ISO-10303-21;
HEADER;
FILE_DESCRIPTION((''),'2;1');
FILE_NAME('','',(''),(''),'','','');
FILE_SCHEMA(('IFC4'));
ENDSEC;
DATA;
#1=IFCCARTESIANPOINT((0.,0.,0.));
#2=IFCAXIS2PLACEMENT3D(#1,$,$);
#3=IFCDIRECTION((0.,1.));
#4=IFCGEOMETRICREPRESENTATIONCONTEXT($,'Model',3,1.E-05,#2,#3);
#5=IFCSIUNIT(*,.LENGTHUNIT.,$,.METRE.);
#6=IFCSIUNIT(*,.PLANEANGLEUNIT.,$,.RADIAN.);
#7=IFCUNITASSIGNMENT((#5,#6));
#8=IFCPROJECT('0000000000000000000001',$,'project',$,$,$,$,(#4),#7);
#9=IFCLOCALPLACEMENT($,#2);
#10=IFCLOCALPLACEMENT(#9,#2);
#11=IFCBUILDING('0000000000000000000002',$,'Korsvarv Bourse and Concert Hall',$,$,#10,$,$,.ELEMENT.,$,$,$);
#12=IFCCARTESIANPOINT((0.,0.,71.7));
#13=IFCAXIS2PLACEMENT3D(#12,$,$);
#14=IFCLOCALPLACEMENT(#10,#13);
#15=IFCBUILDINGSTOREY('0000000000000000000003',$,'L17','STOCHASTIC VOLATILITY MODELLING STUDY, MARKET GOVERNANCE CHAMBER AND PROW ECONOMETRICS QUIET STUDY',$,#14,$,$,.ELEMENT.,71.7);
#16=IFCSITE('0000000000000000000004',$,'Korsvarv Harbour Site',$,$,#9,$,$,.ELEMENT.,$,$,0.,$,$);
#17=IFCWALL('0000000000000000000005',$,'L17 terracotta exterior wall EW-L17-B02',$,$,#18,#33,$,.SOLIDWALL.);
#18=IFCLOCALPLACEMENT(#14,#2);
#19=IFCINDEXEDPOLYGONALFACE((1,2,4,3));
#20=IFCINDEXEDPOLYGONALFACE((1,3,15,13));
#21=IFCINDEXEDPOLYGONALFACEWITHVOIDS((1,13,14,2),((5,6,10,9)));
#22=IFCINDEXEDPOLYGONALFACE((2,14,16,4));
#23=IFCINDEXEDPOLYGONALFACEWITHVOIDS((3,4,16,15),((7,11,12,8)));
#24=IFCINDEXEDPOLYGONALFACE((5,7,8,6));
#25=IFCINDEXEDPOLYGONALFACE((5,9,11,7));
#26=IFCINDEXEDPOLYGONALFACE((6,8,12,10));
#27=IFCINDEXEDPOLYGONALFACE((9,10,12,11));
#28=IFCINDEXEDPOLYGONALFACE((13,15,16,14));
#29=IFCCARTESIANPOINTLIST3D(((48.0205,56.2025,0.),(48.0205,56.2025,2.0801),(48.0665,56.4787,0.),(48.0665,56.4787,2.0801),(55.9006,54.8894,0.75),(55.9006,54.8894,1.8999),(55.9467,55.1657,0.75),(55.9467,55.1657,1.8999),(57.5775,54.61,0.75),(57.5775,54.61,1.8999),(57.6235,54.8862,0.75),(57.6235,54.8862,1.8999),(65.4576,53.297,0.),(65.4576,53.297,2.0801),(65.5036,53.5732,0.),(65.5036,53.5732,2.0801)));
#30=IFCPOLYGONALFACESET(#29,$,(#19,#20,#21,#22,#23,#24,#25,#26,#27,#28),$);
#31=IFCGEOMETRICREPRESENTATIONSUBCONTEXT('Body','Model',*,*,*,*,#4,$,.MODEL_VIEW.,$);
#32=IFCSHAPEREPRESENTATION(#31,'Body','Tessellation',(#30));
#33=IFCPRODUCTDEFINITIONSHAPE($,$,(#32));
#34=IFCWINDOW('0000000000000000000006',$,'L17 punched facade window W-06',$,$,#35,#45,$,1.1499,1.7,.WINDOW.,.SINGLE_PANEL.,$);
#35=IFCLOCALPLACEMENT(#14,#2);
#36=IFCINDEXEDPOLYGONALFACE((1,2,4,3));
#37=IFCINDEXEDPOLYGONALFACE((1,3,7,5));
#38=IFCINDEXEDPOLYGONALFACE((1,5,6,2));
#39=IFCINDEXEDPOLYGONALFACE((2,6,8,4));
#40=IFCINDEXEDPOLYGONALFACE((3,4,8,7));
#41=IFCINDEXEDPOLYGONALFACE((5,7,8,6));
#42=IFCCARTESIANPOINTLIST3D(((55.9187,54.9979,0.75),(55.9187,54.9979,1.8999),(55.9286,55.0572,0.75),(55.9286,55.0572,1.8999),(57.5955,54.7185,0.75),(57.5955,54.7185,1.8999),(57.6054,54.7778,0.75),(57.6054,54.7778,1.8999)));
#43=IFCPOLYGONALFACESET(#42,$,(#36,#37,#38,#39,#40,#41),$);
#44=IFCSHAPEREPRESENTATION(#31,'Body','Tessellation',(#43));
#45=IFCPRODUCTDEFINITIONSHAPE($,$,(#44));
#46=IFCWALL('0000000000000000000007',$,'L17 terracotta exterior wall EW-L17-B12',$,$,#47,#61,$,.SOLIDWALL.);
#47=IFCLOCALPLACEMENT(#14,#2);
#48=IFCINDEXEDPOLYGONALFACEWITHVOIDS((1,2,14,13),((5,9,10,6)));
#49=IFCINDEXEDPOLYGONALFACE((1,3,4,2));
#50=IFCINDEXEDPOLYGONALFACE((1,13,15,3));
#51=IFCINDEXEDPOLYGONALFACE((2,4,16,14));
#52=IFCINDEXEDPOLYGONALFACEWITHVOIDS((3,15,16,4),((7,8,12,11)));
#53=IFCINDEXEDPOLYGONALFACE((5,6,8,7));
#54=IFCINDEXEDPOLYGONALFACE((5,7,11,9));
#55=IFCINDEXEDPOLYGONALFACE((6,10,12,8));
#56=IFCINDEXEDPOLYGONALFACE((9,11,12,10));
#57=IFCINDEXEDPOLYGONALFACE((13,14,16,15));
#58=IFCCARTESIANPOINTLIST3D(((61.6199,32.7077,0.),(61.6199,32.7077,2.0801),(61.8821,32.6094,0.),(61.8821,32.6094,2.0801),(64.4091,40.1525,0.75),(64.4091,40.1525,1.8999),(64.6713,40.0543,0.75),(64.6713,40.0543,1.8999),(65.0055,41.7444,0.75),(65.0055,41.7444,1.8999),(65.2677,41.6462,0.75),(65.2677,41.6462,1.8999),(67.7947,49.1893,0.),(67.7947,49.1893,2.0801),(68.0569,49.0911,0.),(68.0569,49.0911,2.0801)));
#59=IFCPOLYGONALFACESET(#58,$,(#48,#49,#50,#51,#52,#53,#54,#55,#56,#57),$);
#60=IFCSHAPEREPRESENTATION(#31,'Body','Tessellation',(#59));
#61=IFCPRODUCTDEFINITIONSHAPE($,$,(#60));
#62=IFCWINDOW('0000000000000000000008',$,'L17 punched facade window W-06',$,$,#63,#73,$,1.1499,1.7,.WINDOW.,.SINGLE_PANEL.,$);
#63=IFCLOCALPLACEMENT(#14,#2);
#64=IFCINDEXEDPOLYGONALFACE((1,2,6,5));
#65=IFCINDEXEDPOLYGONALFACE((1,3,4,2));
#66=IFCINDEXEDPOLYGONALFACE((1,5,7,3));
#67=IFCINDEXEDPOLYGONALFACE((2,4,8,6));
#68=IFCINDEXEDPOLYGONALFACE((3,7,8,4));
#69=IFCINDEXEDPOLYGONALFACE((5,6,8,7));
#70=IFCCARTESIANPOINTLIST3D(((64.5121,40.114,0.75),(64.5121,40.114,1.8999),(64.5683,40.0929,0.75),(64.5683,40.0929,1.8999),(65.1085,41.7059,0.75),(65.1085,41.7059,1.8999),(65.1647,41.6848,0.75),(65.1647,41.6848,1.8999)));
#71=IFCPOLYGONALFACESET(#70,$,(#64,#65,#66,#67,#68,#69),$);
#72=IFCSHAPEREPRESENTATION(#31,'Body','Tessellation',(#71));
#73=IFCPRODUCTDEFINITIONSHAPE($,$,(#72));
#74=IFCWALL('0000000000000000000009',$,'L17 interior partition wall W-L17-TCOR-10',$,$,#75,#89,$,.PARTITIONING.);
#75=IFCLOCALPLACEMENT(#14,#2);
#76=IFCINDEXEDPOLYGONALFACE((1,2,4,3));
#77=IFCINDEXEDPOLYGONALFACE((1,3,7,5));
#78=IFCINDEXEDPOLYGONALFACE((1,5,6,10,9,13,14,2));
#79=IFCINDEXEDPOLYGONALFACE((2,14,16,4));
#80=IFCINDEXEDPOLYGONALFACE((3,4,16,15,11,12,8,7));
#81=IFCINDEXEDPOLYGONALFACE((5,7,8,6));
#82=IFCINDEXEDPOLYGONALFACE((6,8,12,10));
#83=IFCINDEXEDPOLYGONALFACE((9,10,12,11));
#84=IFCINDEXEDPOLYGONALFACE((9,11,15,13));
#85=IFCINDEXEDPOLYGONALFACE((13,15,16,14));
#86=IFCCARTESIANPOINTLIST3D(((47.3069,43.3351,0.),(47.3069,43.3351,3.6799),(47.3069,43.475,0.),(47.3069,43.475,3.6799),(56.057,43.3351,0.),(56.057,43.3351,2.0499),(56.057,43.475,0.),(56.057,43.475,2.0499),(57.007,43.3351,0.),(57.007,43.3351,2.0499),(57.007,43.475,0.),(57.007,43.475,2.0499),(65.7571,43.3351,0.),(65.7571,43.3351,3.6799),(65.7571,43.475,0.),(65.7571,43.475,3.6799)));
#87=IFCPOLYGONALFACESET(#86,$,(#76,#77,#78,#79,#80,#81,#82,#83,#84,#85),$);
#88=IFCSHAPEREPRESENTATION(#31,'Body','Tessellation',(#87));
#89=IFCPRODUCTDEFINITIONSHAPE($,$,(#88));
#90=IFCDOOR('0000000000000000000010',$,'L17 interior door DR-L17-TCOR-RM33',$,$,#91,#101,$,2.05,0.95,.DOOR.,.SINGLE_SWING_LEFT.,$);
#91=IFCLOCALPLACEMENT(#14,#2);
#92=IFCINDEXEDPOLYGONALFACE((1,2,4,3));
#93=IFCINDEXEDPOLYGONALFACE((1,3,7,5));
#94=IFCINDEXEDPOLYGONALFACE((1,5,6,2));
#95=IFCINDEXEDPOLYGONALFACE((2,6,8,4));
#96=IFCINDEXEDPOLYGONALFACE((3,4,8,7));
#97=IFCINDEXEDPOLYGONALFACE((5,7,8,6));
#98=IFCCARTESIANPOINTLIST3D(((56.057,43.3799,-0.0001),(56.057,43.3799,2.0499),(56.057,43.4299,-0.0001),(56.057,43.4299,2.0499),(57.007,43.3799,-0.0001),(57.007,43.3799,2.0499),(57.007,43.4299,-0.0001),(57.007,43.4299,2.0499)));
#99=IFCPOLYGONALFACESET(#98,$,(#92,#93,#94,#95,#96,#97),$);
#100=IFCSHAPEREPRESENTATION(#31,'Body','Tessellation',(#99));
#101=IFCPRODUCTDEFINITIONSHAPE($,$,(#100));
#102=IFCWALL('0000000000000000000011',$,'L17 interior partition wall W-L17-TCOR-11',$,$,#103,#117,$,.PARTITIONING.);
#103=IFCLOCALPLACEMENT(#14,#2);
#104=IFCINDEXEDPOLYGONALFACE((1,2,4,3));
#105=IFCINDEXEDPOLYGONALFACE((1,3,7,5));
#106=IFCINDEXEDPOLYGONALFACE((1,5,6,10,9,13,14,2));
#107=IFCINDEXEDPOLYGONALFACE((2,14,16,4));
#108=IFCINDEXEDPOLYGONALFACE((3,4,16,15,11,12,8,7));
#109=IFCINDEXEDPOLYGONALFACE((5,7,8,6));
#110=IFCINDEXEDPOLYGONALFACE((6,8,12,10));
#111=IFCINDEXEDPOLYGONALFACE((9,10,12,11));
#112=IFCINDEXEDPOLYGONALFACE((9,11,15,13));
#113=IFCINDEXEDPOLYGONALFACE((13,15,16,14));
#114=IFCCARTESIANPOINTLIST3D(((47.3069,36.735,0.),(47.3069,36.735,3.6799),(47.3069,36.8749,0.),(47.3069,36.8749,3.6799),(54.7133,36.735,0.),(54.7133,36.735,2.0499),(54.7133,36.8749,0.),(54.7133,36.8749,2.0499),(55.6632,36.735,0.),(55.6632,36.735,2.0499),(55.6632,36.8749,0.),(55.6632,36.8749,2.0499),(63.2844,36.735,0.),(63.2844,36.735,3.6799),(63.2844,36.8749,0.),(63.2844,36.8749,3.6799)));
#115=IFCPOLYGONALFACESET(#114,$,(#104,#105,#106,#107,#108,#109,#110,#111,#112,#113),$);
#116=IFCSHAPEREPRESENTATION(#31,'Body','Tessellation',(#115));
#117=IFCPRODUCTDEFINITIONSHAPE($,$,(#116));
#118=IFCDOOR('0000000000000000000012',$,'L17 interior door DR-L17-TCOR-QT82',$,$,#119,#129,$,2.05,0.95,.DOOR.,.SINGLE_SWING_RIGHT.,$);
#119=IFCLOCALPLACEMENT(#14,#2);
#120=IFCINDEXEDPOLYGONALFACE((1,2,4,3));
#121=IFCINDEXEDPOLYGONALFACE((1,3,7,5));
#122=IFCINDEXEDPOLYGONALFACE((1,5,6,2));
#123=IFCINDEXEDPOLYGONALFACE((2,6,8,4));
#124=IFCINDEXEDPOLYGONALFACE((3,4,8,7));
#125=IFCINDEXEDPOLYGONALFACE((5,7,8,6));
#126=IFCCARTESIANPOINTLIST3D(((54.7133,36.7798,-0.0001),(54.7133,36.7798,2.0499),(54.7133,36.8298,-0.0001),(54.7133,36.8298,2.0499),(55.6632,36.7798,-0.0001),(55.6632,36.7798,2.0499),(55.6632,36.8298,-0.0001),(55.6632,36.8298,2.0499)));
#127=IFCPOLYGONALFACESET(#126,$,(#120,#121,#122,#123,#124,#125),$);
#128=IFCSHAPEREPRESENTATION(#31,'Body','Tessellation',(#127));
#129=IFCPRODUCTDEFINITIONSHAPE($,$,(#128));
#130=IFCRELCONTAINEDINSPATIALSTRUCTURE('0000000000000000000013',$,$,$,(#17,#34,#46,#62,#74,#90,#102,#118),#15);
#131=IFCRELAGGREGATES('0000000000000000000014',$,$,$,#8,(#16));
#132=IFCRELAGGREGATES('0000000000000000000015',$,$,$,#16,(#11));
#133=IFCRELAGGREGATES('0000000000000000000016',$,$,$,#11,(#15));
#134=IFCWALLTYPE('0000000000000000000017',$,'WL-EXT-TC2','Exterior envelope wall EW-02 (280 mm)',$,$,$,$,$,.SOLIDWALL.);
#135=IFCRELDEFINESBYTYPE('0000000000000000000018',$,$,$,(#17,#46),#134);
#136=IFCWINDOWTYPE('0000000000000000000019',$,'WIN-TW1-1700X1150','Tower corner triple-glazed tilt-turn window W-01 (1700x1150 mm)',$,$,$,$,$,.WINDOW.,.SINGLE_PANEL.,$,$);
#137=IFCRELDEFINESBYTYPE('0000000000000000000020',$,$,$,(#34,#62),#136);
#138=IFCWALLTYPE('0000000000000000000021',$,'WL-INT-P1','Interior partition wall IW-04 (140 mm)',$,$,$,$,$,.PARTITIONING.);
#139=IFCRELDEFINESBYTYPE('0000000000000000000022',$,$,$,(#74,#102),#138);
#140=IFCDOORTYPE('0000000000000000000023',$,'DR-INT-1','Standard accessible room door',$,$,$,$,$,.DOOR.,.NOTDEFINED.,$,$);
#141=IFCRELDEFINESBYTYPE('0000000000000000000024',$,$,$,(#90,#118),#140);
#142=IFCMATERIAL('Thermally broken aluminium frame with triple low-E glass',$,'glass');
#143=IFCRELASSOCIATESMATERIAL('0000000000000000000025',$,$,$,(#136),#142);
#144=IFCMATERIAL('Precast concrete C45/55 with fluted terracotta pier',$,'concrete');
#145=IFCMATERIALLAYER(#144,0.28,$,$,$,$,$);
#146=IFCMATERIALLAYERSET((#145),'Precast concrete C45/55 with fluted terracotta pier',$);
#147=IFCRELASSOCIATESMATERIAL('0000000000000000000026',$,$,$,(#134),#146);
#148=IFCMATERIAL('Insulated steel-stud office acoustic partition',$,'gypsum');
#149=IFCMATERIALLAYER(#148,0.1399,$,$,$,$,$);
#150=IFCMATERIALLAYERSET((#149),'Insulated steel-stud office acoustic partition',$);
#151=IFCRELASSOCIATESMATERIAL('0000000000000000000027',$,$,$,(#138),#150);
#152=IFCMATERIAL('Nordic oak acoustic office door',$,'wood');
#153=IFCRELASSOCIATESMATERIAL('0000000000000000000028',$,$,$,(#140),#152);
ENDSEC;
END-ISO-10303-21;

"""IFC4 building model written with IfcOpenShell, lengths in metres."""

from ifc_helpers import new_model, si_unit, direction, frame, frame_2d, origin, place, context, subcontext, project, spatial, rectangle, extrude, material, layer, layer_set, type_object, element, fill, save


model = new_model("IFC4")

# Units and contexts
model_context = context("Model", 3, precision=1e-05, world=origin(), true_north=direction((0.0, 1.0)))
body_context = subcontext(model_context, "Body", "Model", "MODEL_VIEW")
ifc_project = project(units=[si_unit("LENGTHUNIT", "METRE"), si_unit("PLANEANGLEUNIT", "RADIAN")], contexts=[model_context])

# Site, building, storey
site_placement = place(None, origin())
site = spatial("IfcSite", under=ifc_project, at=site_placement, Name="Korsvarv Harbour Site", CompositionType="ELEMENT", RefElevation=0.0)
building_placement = place(site_placement, origin())
building = spatial("IfcBuilding", under=site, at=building_placement, Name="Korsvarv Bourse and Concert Hall", CompositionType="ELEMENT")
storey_placement = place(building_placement, frame((0.0, 0.0, 71.7)))
storey = spatial("IfcBuildingStorey", under=building, at=storey_placement, Name="L17", Description="STOCHASTIC VOLATILITY MODELLING STUDY, MARKET GOVERNANCE CHAMBER AND PROW ECONOMETRICS QUIET STUDY", CompositionType="ELEMENT", Elevation=71.7)

# Walls, openings, windows
ifc_material_1 = material(Name="Thermally broken aluminium frame with triple low-E glass", Category="glass")
window_type = type_object("IfcWindowType", Name="WIN-TW1-1700X1150", Description="Tower corner triple-glazed tilt-turn window W-01 (1700x1150 mm)", PartitioningType="SINGLE_PANEL", PredefinedType="WINDOW", material=ifc_material_1)
ifc_material_2 = material(Name="Precast concrete C45/55 with fluted terracotta pier", Category="concrete")
ifc_layer_1 = layer(ifc_material_2, 0.28)
ifc_layer_set_1 = layer_set([ifc_layer_1], Name="Precast concrete C45/55 with fluted terracotta pier")
wall_type_1 = type_object("IfcWallType", Name="WL-EXT-TC2", Description="Exterior envelope wall EW-02 (280 mm)", PredefinedType="SOLIDWALL", material=ifc_layer_set_1)
wall_1_placement = place(storey_placement, frame((65.4807, 53.4351, 0.0), z_axis=(0.0, 0.0, 1.0), x_axis=(-0.9864, 0.164363, 0.0)))
wall_1 = element("IfcWall", 1, at=wall_1_placement, inside=storey, type_object=wall_type_1, Name="L17 terracotta exterior wall EW-L17-B02", PredefinedType="SOLIDWALL", context=body_context, shape_type="SweptSolid", body=[
    extrude(rectangle(XDim=17.6775, YDim=0.28, at=frame_2d((8.8389, 0.0))), origin(), (0.0, 0.0, 1.0), 2.0801),
])
opening_1_placement = place(wall_1_placement, frame((7.9888, 0.0, 0.75)))
opening_1 = element("IfcOpeningElement", 2, at=opening_1_placement, cuts=wall_1, PredefinedType="OPENING", context=body_context, shape_type="SweptSolid", body=[
    extrude(rectangle(XDim=1.7, YDim=1.1499, at=frame_2d((0.8501, 0.575))), frame((0.0, 0.1499, 0.0), z_axis=(0.0, -1.0, 0.0), x_axis=(1.0, 0.0, 0.0)), (0.0, 0.0, 1.0), 0.3),
])
window_1_placement = place(opening_1_placement, origin())
window_1 = element("IfcWindow", 3, at=window_1_placement, inside=storey, type_object=window_type, Name="L17 punched facade window W-06", OverallHeight=1.1499, OverallWidth=1.7, PartitioningType="SINGLE_PANEL", PredefinedType="WINDOW", context=body_context, shape_type="SweptSolid", body=[
    extrude(rectangle(XDim=1.7, YDim=1.1499, at=frame_2d((0.8501, 0.575))), frame((0.0, 0.03, 0.0), z_axis=(0.0, -1.0, 0.0), x_axis=(1.0, 0.0, 0.0)), (0.0, 0.0, 1.0), 0.0601),
])
fill(opening_1, window_1)
wall_2_placement = place(storey_placement, frame((61.751, 32.6584, 0.0), z_axis=(0.0, 0.0, 1.0), x_axis=(0.350833, 0.936438, 0.0)))
wall_2 = element("IfcWall", 4, at=wall_2_placement, inside=storey, type_object=wall_type_1, Name="L17 terracotta exterior wall EW-L17-B12", PredefinedType="SOLIDWALL", context=body_context, shape_type="SweptSolid", body=[
    extrude(rectangle(XDim=17.6003, YDim=0.28, at=frame_2d((8.8003, 0.0))), origin(), (0.0, 0.0, 1.0), 2.0801),
])
opening_2_placement = place(wall_2_placement, frame((7.9502, 0.0, 0.75)))
opening_2 = element("IfcOpeningElement", 5, at=opening_2_placement, cuts=wall_2, PredefinedType="OPENING", context=body_context, shape_type="SweptSolid", body=[
    extrude(rectangle(XDim=1.7, YDim=1.1499, at=frame_2d((0.8501, 0.575))), frame((0.0, 0.1499, 0.0), z_axis=(0.0, -1.0, 0.0), x_axis=(1.0, 0.0, 0.0)), (0.0, 0.0, 1.0), 0.3),
])
window_2_placement = place(opening_2_placement, origin())
window_2 = element("IfcWindow", 6, at=window_2_placement, inside=storey, type_object=window_type, Name="L17 punched facade window W-06", OverallHeight=1.1499, OverallWidth=1.7, PartitioningType="SINGLE_PANEL", PredefinedType="WINDOW", context=body_context, shape_type="SweptSolid", body=[
    extrude(rectangle(XDim=1.7, YDim=1.1499, at=frame_2d((0.8501, 0.575))), frame((0.0, 0.03, 0.0), z_axis=(0.0, -1.0, 0.0), x_axis=(1.0, 0.0, 0.0)), (0.0, 0.0, 1.0), 0.0601),
])
fill(opening_2, window_2)

# Walls, openings, doors
ifc_material_3 = material(Name="Insulated steel-stud office acoustic partition", Category="gypsum")
ifc_layer_2 = layer(ifc_material_3, 0.1399)
ifc_layer_set_2 = layer_set([ifc_layer_2], Name="Insulated steel-stud office acoustic partition")
wall_type_2 = type_object("IfcWallType", Name="WL-INT-P1", Description="Interior partition wall IW-04 (140 mm)", PredefinedType="PARTITIONING", material=ifc_layer_set_2)
wall_3_placement = place(storey_placement, frame((47.3069, 43.405, 0.0), z_axis=(0.0, 0.0, 1.0), x_axis=(1.0, 0.0, 0.0)))
wall_3 = element("IfcWall", 7, at=wall_3_placement, inside=storey, type_object=wall_type_2, Name="L17 interior partition wall W-L17-TCOR-10", PredefinedType="PARTITIONING", context=body_context, shape_type="SweptSolid", body=[
    extrude(rectangle(XDim=18.4502, YDim=0.1399, at=frame_2d((9.2251, 0.0))), origin(), (0.0, 0.0, 1.0), 3.6799),
])
opening_3_placement = place(wall_3_placement, frame((8.75, 0.0, 0.0)))
opening_3 = element("IfcOpeningElement", 8, at=opening_3_placement, cuts=wall_3, PredefinedType="OPENING", context=body_context, shape_type="SweptSolid", body=[
    extrude(rectangle(XDim=0.95, YDim=2.05, at=frame_2d((0.4751, 1.0249))), frame((0.0, 0.0801, 0.0), z_axis=(0.0, -1.0, 0.0), x_axis=(1.0, 0.0, 0.0)), (0.0, 0.0, 1.0), 0.1599),
])
ifc_material_4 = material(Name="Nordic oak acoustic office door", Category="wood")
door_type = type_object("IfcDoorType", Name="DR-INT-1", Description="Standard accessible room door", OperationType="NOTDEFINED", PredefinedType="DOOR", material=ifc_material_4)
door_1_placement = place(opening_3_placement, origin())
door_1 = element("IfcDoor", 9, at=door_1_placement, inside=storey, type_object=door_type, Name="L17 interior door DR-L17-TCOR-RM33", OperationType="SINGLE_SWING_LEFT", OverallHeight=2.05, OverallWidth=0.95, PredefinedType="DOOR", context=body_context, shape_type="SweptSolid", body=[
    extrude(rectangle(XDim=0.95, YDim=2.05, at=frame_2d((0.4751, 1.0249))), frame((0.0, 0.0249, 0.0), z_axis=(0.0, -1.0, 0.0), x_axis=(1.0, 0.0, 0.0)), (0.0, 0.0, 1.0), 0.05),
])
fill(opening_3, door_1)
wall_4_placement = place(storey_placement, frame((47.3069, 36.8049, 0.0), z_axis=(0.0, 0.0, 1.0), x_axis=(1.0, 0.0, 0.0)))
wall_4 = element("IfcWall", 10, at=wall_4_placement, inside=storey, type_object=wall_type_2, Name="L17 interior partition wall W-L17-TCOR-11", PredefinedType="PARTITIONING", context=body_context, shape_type="SweptSolid", body=[
    extrude(rectangle(XDim=15.9775, YDim=0.1399, at=frame_2d((7.9888, 0.0))), origin(), (0.0, 0.0, 1.0), 3.6799),
])
opening_4_placement = place(wall_4_placement, frame((7.4062, 0.0, 0.0)))
opening_4 = element("IfcOpeningElement", 11, at=opening_4_placement, cuts=wall_4, PredefinedType="OPENING", context=body_context, shape_type="SweptSolid", body=[
    extrude(rectangle(XDim=0.95, YDim=2.05, at=frame_2d((0.4751, 1.0249))), frame((0.0, 0.0801, 0.0), z_axis=(0.0, -1.0, 0.0), x_axis=(1.0, 0.0, 0.0)), (0.0, 0.0, 1.0), 0.1599),
])
door_2_placement = place(opening_4_placement, origin())
door_2 = element("IfcDoor", 12, at=door_2_placement, inside=storey, type_object=door_type, Name="L17 interior door DR-L17-TCOR-QT82", OperationType="SINGLE_SWING_RIGHT", OverallHeight=2.05, OverallWidth=0.95, PredefinedType="DOOR", context=body_context, shape_type="SweptSolid", body=[
    extrude(rectangle(XDim=0.95, YDim=2.05, at=frame_2d((0.4751, 1.0249))), frame((0.0, 0.0249, 0.0), z_axis=(0.0, -1.0, 0.0), x_axis=(1.0, 0.0, 0.0)), (0.0, 0.0, 1.0), 0.05),
])
fill(opening_4, door_2)

save(model, "model.ifc")
